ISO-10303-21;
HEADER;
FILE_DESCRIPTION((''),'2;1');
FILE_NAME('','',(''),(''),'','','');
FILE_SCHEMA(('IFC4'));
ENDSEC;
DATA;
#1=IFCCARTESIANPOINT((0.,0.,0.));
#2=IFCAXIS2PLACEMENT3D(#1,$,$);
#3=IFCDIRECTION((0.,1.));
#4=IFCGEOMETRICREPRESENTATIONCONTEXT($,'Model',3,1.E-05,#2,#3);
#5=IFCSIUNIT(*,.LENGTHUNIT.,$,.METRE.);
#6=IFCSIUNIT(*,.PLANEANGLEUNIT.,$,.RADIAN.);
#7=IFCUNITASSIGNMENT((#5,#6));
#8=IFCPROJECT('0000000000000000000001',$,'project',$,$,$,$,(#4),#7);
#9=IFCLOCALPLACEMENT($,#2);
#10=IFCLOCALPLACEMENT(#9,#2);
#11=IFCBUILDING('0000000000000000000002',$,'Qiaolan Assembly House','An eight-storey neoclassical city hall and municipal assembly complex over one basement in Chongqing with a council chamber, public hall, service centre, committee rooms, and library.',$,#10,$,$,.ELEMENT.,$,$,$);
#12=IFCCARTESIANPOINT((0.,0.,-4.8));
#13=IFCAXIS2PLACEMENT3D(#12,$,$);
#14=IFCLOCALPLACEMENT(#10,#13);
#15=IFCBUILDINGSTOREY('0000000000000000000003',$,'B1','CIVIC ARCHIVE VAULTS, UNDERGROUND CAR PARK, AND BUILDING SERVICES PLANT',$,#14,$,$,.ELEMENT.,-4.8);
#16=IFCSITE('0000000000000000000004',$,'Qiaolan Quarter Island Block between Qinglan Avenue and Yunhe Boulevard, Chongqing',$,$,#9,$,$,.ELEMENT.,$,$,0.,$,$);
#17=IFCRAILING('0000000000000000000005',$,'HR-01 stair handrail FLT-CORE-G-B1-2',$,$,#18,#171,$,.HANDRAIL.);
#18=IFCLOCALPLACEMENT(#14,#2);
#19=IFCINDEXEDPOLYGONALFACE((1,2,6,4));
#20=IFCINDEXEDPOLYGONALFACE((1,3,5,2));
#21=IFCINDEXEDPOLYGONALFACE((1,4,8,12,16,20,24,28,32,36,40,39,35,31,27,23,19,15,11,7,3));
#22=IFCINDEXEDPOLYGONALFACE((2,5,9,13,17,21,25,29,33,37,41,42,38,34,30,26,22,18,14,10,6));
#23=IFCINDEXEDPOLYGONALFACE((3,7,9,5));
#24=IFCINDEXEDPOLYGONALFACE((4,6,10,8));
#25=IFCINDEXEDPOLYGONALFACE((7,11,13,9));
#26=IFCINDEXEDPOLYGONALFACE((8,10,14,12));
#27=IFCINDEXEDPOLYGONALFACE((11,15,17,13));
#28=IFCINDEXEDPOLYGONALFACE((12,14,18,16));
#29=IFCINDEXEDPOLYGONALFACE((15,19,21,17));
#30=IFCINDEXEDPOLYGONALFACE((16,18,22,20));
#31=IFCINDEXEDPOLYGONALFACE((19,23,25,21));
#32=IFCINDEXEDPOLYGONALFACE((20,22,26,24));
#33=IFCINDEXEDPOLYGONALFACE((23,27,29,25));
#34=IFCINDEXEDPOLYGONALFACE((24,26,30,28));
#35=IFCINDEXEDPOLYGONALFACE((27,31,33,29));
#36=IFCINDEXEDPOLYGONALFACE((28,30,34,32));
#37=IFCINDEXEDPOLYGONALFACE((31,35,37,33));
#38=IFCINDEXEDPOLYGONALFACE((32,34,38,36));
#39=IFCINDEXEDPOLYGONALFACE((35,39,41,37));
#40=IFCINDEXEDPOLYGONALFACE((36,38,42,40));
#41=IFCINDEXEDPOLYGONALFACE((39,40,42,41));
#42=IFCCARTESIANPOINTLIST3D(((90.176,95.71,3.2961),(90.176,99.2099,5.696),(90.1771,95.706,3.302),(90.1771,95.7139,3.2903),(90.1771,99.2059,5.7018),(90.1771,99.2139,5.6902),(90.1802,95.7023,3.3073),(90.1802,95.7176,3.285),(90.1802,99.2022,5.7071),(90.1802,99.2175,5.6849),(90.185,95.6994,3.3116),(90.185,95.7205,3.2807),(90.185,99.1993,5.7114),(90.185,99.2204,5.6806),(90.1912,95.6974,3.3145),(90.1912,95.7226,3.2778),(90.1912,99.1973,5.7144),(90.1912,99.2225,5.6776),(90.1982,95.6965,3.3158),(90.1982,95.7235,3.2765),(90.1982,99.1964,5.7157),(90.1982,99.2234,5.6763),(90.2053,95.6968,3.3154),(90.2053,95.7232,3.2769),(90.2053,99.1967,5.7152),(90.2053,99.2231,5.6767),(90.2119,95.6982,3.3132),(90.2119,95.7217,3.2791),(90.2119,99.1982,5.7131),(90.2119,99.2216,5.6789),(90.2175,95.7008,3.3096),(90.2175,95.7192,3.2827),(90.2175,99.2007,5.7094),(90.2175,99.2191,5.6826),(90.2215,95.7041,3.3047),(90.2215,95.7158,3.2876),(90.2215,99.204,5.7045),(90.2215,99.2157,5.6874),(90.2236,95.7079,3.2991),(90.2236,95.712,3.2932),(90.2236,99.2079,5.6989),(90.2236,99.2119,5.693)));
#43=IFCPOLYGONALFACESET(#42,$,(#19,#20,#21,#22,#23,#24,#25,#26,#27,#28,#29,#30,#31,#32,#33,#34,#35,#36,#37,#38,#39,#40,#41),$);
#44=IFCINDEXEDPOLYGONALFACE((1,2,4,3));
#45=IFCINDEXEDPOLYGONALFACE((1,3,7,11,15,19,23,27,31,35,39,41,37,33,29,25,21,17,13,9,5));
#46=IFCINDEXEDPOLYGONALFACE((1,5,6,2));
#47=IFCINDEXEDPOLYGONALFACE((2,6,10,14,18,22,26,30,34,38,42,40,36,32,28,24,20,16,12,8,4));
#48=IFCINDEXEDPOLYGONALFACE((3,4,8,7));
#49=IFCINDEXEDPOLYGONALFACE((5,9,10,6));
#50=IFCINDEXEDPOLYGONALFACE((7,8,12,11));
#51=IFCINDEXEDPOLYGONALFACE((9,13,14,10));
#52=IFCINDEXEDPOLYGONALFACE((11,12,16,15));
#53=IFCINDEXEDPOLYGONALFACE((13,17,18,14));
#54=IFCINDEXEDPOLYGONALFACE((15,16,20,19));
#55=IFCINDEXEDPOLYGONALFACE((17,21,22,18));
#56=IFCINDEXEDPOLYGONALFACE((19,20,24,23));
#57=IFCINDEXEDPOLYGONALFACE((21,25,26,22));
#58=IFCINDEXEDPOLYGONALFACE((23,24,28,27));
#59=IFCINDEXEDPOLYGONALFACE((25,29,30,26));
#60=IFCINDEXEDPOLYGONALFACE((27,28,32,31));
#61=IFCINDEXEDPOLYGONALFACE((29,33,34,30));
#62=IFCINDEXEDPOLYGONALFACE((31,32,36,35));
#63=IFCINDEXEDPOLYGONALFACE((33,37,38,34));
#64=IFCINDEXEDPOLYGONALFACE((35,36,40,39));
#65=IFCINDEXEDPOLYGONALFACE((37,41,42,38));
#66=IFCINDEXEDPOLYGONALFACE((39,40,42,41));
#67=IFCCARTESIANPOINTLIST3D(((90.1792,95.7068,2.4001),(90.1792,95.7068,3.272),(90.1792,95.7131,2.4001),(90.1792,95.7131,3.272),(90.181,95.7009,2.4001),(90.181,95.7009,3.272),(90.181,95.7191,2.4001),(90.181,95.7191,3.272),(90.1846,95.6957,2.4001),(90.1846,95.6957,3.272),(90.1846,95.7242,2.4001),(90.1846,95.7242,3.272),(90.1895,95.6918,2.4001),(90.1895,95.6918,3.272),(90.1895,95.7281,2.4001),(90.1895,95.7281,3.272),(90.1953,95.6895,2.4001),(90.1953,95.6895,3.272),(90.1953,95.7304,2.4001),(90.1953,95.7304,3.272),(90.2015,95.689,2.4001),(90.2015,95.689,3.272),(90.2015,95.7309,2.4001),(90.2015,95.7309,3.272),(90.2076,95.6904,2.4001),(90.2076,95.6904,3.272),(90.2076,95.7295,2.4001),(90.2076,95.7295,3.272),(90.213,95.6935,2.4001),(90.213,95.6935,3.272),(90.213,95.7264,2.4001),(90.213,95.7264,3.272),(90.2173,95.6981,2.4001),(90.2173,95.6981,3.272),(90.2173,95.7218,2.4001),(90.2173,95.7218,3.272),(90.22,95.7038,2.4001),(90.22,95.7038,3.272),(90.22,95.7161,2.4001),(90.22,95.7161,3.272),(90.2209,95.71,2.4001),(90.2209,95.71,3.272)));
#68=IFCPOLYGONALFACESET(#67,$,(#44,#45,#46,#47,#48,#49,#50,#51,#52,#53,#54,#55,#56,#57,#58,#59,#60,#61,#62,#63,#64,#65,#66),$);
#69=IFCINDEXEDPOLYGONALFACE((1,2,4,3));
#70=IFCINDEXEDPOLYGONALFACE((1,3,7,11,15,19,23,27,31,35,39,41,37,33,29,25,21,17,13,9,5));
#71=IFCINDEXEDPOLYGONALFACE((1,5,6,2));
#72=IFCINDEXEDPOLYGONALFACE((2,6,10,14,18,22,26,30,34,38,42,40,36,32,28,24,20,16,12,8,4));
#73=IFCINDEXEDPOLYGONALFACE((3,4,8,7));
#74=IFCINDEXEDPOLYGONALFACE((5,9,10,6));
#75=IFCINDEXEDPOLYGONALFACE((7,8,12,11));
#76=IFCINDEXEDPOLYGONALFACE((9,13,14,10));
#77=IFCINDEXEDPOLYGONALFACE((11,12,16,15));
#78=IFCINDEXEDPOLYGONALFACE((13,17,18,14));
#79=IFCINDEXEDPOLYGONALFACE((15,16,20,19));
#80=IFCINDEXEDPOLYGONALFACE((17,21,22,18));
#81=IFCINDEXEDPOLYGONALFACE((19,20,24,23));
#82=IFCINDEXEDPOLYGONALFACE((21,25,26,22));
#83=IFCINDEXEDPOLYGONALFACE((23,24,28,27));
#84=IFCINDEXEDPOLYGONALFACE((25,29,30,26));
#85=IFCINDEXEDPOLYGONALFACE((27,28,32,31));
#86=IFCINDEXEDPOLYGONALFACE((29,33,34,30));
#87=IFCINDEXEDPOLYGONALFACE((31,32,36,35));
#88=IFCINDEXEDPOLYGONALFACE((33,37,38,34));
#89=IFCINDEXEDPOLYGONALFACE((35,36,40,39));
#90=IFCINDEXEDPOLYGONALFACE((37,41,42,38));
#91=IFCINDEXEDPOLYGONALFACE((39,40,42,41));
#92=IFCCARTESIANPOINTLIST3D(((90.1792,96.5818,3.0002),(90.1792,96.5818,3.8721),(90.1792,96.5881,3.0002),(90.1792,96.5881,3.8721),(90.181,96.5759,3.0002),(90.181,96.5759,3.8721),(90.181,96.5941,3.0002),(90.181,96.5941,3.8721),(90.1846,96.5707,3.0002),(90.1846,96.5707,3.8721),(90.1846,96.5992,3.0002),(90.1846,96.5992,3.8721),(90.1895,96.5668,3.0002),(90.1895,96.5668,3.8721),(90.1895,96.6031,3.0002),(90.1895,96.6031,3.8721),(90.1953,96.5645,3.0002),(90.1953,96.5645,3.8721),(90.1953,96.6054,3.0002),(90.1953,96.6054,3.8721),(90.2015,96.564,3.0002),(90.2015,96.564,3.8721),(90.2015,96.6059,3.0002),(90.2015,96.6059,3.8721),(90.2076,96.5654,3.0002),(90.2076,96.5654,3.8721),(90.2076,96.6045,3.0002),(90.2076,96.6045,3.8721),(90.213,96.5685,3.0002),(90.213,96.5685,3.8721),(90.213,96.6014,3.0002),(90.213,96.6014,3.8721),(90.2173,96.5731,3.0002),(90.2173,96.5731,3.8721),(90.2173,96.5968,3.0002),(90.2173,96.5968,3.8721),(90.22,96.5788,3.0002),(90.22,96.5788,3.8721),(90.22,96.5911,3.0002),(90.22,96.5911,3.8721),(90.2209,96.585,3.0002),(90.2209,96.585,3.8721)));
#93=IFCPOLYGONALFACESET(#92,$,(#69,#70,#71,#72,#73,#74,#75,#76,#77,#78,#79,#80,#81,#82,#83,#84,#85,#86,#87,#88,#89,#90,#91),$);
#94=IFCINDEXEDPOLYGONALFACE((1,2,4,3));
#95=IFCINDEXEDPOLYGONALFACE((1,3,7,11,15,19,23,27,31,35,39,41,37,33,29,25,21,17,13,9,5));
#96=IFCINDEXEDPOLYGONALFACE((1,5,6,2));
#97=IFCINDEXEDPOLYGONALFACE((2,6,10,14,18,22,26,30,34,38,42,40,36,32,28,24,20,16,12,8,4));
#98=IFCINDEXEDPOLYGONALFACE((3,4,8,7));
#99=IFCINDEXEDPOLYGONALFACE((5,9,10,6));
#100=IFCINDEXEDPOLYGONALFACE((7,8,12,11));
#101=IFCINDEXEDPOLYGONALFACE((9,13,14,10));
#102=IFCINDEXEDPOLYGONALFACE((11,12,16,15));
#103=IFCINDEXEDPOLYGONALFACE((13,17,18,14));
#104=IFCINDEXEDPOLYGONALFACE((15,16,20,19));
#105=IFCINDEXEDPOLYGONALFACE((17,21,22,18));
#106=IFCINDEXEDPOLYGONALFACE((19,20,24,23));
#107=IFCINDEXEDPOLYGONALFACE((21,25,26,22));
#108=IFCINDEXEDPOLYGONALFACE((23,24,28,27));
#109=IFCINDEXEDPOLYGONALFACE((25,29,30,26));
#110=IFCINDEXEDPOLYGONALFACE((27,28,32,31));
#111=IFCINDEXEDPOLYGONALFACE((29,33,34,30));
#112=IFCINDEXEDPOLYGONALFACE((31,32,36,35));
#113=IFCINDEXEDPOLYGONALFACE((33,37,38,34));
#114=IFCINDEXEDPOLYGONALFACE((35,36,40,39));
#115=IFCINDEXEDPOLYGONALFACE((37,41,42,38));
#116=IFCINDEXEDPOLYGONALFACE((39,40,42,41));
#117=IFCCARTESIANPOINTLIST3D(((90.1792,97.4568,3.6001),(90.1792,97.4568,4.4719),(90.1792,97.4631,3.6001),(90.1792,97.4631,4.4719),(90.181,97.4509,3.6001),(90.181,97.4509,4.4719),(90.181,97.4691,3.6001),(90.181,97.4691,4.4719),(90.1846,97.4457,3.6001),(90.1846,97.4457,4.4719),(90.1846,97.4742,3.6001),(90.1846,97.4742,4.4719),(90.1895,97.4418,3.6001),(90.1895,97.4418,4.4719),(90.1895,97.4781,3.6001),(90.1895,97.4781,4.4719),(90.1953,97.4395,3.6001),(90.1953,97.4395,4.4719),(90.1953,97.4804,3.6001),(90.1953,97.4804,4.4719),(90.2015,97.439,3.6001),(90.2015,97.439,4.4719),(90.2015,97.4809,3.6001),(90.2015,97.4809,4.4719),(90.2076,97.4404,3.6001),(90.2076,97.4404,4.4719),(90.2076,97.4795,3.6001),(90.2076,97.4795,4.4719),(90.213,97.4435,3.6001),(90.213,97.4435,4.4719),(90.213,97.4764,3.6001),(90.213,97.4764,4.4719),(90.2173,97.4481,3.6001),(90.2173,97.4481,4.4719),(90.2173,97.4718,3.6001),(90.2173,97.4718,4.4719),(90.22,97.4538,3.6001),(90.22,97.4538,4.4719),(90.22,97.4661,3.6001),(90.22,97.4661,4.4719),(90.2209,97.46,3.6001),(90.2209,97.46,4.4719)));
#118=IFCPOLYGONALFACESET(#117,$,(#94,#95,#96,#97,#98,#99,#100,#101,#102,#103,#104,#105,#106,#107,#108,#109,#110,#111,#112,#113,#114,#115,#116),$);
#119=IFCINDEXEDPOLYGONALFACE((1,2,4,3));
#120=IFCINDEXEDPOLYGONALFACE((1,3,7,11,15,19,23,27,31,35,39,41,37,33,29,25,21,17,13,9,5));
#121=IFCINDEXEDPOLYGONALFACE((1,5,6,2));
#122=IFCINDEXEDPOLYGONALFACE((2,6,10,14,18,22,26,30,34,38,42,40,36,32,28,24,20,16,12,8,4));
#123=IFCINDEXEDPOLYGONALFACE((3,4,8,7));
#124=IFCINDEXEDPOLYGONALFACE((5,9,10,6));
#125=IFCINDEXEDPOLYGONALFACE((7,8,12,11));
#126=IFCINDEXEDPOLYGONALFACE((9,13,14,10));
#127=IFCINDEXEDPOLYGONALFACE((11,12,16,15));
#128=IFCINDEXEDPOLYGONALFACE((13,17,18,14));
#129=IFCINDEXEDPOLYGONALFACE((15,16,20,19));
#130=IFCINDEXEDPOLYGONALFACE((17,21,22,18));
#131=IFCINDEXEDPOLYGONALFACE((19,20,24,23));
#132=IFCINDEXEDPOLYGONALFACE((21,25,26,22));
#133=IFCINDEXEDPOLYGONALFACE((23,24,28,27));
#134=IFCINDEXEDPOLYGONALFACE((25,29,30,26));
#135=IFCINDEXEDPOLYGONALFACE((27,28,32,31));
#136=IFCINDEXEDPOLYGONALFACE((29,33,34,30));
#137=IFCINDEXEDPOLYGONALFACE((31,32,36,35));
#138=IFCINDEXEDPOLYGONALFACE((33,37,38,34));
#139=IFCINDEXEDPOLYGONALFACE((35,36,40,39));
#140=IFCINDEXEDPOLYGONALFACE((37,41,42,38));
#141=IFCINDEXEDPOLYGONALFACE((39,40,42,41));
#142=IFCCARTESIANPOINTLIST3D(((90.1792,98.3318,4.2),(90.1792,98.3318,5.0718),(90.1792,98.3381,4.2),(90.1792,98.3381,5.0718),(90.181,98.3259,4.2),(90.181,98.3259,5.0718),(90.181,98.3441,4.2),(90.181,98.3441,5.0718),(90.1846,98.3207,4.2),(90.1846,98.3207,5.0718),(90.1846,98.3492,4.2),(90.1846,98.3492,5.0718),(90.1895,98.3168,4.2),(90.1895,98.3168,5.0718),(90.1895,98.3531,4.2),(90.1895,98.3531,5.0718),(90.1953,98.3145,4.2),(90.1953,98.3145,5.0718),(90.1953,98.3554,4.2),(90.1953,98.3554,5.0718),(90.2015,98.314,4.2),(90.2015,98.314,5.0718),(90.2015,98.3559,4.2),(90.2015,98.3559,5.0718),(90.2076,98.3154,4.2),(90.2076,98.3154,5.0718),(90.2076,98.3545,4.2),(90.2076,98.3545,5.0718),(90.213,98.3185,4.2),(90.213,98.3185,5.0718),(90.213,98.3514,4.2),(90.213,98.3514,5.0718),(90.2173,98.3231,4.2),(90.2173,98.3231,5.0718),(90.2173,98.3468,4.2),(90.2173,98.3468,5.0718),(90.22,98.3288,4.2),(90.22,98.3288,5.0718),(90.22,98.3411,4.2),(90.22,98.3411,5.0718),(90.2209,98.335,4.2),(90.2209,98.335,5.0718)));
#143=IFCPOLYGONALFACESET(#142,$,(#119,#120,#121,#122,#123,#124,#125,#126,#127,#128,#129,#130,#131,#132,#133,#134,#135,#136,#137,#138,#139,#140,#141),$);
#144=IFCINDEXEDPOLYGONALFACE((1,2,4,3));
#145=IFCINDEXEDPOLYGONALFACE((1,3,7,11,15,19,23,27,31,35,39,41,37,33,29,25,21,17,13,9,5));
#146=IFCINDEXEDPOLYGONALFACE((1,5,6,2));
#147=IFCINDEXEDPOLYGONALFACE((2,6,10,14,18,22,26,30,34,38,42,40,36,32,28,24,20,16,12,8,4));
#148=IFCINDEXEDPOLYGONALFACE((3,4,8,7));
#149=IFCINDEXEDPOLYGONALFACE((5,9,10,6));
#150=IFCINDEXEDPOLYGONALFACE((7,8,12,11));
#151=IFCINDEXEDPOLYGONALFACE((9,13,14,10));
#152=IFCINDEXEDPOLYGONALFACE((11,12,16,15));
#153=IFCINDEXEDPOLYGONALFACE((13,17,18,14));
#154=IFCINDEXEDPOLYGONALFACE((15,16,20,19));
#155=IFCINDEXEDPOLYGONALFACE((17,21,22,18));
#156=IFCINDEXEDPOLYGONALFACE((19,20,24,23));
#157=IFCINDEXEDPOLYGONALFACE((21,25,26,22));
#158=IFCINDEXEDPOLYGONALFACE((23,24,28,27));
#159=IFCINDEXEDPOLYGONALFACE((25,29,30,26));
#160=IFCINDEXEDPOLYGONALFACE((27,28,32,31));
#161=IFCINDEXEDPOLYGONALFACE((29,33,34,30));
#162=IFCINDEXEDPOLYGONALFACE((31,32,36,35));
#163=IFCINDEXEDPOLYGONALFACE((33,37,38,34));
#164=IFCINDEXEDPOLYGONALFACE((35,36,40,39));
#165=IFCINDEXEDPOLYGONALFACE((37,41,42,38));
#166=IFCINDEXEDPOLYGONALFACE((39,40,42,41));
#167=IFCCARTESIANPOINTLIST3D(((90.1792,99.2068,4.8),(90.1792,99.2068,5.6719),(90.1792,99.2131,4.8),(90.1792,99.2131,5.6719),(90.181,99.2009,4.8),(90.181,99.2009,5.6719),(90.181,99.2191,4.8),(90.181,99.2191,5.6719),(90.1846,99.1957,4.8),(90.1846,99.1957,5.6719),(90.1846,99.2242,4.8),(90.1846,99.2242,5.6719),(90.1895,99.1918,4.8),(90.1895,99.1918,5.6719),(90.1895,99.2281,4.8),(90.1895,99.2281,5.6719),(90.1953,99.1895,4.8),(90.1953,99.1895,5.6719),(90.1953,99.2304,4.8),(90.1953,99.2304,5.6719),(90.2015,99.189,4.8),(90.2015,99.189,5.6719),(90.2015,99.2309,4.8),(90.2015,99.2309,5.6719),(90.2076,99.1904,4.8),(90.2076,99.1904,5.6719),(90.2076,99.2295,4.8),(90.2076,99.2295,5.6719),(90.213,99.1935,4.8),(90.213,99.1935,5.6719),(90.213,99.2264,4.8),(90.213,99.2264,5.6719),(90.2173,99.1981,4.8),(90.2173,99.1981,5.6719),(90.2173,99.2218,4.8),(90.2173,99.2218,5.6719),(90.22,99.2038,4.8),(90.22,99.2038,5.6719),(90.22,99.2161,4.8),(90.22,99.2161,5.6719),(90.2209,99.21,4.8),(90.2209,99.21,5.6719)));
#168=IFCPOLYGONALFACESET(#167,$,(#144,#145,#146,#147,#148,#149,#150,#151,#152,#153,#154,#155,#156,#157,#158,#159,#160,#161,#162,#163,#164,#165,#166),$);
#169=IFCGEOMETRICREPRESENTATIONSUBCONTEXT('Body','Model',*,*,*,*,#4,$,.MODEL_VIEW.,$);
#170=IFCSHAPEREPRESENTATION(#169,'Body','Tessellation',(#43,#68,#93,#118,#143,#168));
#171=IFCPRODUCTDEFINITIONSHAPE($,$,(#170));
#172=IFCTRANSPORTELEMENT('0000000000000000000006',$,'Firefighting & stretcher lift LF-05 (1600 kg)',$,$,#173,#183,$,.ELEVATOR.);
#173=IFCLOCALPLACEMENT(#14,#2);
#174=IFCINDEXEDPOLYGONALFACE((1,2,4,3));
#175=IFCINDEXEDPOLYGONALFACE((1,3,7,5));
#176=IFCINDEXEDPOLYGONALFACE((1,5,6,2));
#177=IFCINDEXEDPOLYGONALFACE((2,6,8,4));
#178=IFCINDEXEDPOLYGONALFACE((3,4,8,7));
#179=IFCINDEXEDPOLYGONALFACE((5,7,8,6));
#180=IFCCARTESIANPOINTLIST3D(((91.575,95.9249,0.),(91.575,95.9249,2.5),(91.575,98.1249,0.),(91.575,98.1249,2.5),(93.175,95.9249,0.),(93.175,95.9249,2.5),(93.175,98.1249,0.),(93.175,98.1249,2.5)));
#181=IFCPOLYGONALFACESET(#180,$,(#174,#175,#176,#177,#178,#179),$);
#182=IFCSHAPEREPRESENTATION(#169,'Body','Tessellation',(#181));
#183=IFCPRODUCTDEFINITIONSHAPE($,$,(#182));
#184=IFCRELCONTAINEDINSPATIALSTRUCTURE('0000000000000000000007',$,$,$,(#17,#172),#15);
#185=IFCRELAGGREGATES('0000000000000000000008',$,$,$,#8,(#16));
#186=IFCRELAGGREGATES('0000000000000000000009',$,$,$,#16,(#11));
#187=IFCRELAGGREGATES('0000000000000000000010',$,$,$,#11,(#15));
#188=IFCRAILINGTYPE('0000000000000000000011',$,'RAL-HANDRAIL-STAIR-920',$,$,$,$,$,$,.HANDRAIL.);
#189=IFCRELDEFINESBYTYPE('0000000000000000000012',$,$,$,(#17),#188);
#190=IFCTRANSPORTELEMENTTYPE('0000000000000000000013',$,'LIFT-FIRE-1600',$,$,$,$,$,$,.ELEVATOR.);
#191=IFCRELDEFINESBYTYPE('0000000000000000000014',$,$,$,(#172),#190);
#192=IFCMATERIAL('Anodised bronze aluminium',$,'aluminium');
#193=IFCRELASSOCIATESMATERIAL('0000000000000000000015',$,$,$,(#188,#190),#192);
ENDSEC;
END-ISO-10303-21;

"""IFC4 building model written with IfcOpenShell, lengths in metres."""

from ifc_helpers import new_model, si_unit, direction, frame, origin, origin_2d, place, context, subcontext, project, spatial, rectangle, circle, extrude, material, type_object, element, save


model = new_model("IFC4")

# Units and contexts
model_context = context("Model", 3, precision=1e-05, world=origin(), true_north=direction((0.0, 1.0)))
body_context = subcontext(model_context, "Body", "Model", "MODEL_VIEW")
ifc_project = project(units=[si_unit("LENGTHUNIT", "METRE"), si_unit("PLANEANGLEUNIT", "RADIAN")], contexts=[model_context])

# Site, building, storey
site_placement = place(None, origin())
site = spatial("IfcSite", under=ifc_project, at=site_placement, Name="Qiaolan Quarter Island Block between Qinglan Avenue and Yunhe Boulevard, Chongqing", CompositionType="ELEMENT", RefElevation=0.0)
building_placement = place(site_placement, origin())
building = spatial("IfcBuilding", under=site, at=building_placement, Name="Qiaolan Assembly House", Description="An eight-storey neoclassical city hall and municipal assembly complex over one basement in Chongqing with a council chamber, public hall, service centre, committee rooms, and library.", CompositionType="ELEMENT")
storey_placement = place(building_placement, frame((0.0, 0.0, -4.8)))
storey = spatial("IfcBuildingStorey", under=building, at=storey_placement, Name="B1", Description="CIVIC ARCHIVE VAULTS, UNDERGROUND CAR PARK, AND BUILDING SERVICES PLANT", CompositionType="ELEMENT", Elevation=-4.8)

# Shared definitions
ifc_material_1 = material(Name="Anodised bronze aluminium", Category="aluminium")

# Railing
railing_type_1 = type_object("IfcRailingType", Name="RAL-HANDRAIL-STAIR-920", PredefinedType="HANDRAIL", material=ifc_material_1)
railing_1_placement = place(storey_placement, frame((90.2, 95.71, 2.4001)))
element("IfcRailing", 1, at=railing_1_placement, inside=storey, type_object=railing_type_1, Name="HR-01 stair handrail FLT-CORE-G-B1-2", PredefinedType="HANDRAIL", context=body_context, shape_type="SweptSolid", body=[
    extrude(circle(Radius=0.0239, at=origin_2d()), frame((0.0, 0.0, 0.896), z_axis=(0.0, 0.82474, 0.565513), x_axis=(-1.0, 0.0, 0.0)), (0.0, 0.0, 1.0), 4.2437),
    extrude(circle(Radius=0.021, at=origin_2d()), origin(), (0.0, 0.0, 1.0), 0.8718),
    extrude(circle(Radius=0.021, at=origin_2d()), frame((0.0, 0.875, 0.6001)), (0.0, 0.0, 1.0), 0.8718),
    extrude(circle(Radius=0.021, at=origin_2d()), frame((0.0, 1.75, 1.2)), (0.0, 0.0, 1.0), 0.8718),
    extrude(circle(Radius=0.021, at=origin_2d()), frame((0.0, 2.625, 1.7998)), (0.0, 0.0, 1.0), 0.8718),
    extrude(circle(Radius=0.021, at=origin_2d()), frame((0.0, 3.5, 2.3999)), (0.0, 0.0, 1.0), 0.8718),
])

# Transport element
transport_element_type = type_object("IfcTransportElementType", Name="LIFT-FIRE-1600", PredefinedType="ELEVATOR", material=ifc_material_1)
transport_element_placement = place(storey_placement, frame((92.375, 97.0249, 0.0), z_axis=(0.0, 0.0, 1.0), x_axis=(1.0, 0.0, 0.0)))
element("IfcTransportElement", 2, at=transport_element_placement, inside=storey, type_object=transport_element_type, Name="Firefighting & stretcher lift LF-05 (1600 kg)", PredefinedType="ELEVATOR", context=body_context, shape_type="SweptSolid", body=[
    extrude(rectangle(XDim=1.6001, YDim=2.2, at=origin_2d()), origin(), (0.0, 0.0, 1.0), 2.5),
])

save(model, "model.ifc")
